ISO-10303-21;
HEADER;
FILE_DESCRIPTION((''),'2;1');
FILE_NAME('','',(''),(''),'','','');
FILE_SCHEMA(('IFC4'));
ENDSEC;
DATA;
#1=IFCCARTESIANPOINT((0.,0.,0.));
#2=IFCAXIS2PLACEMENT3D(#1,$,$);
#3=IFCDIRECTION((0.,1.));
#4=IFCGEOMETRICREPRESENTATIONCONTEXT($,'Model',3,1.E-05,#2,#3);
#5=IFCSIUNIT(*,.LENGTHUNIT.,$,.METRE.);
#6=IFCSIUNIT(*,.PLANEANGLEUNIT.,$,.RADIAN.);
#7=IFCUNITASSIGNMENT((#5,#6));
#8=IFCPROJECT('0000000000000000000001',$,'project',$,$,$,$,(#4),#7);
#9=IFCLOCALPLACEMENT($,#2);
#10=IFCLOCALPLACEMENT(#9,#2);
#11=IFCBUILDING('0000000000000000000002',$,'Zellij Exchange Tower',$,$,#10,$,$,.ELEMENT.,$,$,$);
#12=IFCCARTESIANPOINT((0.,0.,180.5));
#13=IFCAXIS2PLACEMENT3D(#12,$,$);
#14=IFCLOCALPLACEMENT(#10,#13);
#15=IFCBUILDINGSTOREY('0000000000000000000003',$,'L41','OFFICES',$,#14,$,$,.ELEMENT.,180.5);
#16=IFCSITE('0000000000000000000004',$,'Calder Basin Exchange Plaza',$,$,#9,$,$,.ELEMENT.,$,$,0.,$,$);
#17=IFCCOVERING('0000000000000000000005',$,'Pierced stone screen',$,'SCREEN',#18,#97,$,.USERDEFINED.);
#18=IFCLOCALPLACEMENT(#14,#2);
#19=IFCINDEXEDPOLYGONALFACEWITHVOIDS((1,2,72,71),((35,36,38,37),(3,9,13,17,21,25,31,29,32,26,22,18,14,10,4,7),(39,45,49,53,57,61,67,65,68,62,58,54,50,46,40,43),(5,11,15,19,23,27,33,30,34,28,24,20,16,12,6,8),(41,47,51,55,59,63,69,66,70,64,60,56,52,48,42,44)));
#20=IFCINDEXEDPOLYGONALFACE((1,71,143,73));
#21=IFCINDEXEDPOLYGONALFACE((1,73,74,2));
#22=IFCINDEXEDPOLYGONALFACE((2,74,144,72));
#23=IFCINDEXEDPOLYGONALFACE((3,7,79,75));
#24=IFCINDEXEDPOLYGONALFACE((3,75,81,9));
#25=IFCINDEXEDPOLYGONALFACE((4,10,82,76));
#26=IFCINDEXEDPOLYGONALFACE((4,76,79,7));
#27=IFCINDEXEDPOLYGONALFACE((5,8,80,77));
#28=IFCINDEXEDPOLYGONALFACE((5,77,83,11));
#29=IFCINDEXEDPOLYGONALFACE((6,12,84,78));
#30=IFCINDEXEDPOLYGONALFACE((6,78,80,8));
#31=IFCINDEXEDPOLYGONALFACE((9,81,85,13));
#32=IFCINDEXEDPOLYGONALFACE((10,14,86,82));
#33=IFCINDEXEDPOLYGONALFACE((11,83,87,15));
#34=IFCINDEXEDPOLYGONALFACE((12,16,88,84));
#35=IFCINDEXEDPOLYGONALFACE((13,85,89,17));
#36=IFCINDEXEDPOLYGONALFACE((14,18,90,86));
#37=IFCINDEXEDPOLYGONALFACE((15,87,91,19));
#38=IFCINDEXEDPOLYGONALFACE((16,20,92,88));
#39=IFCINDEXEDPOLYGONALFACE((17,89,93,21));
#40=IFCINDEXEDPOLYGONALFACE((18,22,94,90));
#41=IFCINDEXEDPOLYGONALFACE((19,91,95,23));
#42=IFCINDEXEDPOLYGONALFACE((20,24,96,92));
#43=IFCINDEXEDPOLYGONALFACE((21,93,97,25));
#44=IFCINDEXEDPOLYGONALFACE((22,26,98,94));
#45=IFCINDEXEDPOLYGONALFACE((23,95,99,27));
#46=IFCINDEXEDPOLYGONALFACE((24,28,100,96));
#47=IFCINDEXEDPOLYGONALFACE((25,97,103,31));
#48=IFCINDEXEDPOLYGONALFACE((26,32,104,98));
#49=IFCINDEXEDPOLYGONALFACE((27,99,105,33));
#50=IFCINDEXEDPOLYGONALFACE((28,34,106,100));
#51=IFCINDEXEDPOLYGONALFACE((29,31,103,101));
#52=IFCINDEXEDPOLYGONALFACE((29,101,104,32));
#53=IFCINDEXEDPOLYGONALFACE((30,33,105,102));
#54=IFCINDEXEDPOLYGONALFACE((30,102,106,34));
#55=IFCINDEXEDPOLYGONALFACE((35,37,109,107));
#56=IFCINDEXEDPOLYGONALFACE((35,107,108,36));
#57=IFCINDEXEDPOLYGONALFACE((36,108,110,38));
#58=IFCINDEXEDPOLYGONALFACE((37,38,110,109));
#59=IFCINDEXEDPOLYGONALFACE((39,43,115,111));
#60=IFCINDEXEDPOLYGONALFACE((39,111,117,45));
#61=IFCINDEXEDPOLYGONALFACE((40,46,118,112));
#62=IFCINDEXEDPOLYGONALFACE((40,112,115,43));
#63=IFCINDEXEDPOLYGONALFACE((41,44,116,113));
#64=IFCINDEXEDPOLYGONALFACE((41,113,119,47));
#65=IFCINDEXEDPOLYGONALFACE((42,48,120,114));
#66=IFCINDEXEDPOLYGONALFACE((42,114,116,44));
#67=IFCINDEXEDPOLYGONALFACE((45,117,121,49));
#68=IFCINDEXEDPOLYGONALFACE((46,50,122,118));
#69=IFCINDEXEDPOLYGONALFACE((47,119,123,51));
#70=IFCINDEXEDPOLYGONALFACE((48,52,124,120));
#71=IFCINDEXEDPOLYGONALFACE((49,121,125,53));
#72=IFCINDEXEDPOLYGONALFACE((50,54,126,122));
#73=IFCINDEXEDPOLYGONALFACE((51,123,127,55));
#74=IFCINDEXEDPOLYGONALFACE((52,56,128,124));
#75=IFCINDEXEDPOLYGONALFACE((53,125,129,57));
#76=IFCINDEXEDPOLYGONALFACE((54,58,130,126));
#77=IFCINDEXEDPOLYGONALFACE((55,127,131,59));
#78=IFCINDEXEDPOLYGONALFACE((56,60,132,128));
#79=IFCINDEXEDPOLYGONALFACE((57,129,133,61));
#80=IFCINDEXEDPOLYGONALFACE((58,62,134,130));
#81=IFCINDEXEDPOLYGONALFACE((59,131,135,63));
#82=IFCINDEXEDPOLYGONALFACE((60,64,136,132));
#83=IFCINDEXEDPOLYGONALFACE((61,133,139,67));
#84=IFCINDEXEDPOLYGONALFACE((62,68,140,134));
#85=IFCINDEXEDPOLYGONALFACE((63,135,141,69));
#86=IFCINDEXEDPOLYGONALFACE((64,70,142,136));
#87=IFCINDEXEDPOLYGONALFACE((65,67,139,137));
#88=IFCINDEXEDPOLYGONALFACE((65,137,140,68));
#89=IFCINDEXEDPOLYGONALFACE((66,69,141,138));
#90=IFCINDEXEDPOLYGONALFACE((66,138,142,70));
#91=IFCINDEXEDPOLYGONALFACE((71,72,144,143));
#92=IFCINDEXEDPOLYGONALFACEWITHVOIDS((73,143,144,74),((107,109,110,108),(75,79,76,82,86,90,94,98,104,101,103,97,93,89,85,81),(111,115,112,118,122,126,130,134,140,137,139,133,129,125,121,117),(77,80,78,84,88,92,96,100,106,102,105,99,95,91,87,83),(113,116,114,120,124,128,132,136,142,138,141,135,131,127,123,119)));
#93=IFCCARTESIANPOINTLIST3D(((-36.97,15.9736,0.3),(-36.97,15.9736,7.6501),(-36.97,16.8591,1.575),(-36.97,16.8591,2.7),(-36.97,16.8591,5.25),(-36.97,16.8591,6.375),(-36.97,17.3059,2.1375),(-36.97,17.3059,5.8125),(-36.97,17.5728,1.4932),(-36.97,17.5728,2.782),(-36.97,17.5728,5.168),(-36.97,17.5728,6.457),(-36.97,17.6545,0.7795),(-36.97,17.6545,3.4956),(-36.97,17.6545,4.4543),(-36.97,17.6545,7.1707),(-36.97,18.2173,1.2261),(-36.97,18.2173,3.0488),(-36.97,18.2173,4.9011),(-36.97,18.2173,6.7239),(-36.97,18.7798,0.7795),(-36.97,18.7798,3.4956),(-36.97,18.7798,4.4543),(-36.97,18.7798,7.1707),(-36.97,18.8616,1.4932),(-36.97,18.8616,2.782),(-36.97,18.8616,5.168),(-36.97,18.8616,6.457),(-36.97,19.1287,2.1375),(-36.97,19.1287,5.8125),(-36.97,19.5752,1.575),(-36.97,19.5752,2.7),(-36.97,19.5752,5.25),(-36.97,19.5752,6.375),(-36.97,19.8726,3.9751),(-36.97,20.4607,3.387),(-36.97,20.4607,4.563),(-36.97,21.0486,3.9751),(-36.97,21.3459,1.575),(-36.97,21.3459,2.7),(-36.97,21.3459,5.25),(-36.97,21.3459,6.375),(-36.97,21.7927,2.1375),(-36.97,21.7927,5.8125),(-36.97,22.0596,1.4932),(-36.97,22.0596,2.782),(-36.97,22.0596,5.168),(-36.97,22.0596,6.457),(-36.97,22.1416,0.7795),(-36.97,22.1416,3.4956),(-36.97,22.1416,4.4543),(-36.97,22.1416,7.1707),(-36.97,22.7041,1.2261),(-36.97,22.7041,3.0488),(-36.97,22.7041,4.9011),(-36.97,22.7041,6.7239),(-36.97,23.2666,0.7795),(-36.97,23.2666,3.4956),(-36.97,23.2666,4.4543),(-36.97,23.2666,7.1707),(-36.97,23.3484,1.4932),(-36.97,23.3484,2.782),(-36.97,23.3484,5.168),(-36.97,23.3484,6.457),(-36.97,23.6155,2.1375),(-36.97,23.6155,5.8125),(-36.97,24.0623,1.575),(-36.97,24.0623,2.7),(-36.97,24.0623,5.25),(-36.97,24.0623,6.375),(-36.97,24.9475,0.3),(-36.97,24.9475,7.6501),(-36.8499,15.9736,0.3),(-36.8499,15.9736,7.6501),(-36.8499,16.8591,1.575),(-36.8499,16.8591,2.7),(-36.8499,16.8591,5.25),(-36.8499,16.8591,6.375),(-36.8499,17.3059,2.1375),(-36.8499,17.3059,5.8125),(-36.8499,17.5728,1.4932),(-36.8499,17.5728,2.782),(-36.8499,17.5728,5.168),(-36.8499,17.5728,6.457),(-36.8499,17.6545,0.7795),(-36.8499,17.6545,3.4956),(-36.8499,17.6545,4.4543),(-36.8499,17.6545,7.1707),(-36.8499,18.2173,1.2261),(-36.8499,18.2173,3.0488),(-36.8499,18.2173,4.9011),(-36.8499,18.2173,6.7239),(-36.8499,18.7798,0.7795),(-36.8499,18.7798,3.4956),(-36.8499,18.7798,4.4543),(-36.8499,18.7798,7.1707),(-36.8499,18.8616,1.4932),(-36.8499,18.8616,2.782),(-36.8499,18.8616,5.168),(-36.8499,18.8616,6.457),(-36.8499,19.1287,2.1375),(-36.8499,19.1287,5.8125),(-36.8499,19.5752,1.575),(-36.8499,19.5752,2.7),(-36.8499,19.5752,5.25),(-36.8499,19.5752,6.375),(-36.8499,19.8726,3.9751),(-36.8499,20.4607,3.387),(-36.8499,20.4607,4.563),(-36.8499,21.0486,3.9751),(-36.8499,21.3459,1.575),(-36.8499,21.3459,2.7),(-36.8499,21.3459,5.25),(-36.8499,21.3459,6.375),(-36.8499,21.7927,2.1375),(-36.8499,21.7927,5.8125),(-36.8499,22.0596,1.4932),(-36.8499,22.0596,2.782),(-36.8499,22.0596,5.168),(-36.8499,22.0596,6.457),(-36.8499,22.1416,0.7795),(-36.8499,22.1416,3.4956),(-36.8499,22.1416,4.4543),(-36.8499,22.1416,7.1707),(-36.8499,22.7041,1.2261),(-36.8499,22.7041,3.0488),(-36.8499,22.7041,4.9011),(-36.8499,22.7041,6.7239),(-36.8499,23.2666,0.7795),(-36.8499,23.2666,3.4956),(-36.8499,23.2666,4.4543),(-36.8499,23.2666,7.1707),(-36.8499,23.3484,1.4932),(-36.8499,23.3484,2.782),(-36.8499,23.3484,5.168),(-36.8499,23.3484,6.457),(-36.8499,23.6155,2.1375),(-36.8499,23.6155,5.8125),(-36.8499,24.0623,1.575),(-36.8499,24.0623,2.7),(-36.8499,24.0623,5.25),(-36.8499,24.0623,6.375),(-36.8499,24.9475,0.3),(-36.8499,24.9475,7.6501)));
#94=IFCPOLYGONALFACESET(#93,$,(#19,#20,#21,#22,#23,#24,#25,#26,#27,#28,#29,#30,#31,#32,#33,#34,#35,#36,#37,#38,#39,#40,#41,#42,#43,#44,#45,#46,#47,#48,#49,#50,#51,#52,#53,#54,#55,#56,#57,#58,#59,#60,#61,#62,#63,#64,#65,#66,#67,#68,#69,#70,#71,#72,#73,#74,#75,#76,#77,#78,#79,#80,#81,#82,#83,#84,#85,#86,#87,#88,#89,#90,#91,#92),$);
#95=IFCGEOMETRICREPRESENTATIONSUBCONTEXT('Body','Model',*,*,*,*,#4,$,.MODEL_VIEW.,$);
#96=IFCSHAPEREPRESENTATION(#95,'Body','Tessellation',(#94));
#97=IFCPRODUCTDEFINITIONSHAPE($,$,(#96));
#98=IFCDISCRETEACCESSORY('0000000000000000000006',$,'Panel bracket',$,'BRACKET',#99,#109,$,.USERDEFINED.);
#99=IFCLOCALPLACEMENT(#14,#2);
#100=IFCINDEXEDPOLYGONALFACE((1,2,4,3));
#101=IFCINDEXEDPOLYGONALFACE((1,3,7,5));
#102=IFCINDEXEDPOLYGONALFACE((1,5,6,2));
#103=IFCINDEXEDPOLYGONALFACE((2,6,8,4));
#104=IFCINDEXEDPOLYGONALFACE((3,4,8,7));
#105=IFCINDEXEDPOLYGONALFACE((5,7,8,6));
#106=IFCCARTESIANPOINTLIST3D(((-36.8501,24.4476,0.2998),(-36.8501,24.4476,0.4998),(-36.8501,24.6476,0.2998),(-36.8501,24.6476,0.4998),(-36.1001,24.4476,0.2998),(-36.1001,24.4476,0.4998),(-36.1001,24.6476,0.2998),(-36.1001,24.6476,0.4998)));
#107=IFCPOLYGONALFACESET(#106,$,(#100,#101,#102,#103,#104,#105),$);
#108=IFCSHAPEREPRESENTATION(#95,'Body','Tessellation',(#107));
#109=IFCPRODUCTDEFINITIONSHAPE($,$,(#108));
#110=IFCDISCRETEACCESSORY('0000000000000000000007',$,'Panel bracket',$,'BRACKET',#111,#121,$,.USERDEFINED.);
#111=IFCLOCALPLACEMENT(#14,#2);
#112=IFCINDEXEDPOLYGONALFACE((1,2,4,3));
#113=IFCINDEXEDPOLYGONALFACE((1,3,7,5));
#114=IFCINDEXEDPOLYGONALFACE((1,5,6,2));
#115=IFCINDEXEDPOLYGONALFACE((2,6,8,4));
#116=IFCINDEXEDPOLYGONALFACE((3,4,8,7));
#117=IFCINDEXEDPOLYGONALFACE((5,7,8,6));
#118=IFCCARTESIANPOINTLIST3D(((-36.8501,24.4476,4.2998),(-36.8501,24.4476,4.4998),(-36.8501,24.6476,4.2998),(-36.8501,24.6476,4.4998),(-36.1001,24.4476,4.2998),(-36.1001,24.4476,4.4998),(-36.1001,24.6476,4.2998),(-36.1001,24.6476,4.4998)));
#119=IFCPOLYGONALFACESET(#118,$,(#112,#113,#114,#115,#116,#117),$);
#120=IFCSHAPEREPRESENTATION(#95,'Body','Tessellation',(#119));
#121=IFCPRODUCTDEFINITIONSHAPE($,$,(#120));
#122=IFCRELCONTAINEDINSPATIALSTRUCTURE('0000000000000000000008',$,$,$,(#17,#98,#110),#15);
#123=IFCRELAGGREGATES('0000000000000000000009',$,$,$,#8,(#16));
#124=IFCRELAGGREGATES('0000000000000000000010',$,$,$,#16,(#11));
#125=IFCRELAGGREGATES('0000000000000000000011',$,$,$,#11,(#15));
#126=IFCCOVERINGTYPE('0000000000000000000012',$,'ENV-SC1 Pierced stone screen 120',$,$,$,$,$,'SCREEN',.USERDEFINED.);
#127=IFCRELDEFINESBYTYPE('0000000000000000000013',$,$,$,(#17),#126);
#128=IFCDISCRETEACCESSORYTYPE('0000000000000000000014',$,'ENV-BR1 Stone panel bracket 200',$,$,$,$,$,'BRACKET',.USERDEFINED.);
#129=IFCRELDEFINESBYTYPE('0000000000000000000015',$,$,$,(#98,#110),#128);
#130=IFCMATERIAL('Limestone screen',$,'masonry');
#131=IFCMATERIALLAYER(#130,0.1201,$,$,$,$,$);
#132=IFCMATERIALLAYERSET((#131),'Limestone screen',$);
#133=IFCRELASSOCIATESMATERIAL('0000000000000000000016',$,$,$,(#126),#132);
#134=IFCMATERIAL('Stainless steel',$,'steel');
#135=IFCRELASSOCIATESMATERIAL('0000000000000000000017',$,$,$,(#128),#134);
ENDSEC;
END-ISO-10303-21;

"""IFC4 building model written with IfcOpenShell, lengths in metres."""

from ifc_helpers import new_model, si_unit, direction, frame, origin, origin_2d, place, context, subcontext, project, spatial, polyline, rectangle, outline, extrude, material, layer, layer_set, type_object, element, save


model = new_model("IFC4")

# Units and contexts
model_context = context("Model", 3, precision=1e-05, world=origin(), true_north=direction((0.0, 1.0)))
body_context = subcontext(model_context, "Body", "Model", "MODEL_VIEW")
ifc_project = project(units=[si_unit("LENGTHUNIT", "METRE"), si_unit("PLANEANGLEUNIT", "RADIAN")], contexts=[model_context])

# Site, building, storey
site_placement = place(None, origin())
site = spatial("IfcSite", under=ifc_project, at=site_placement, Name="Calder Basin Exchange Plaza", CompositionType="ELEMENT", RefElevation=0.0)
building_placement = place(site_placement, origin())
building = spatial("IfcBuilding", under=site, at=building_placement, Name="Zellij Exchange Tower", CompositionType="ELEMENT")
storey_placement = place(building_placement, frame((0.0, 0.0, 180.5)))
storey = spatial("IfcBuildingStorey", under=building, at=storey_placement, Name="L41", Description="OFFICES", CompositionType="ELEMENT", Elevation=180.5)

# Covering
ifc_material_1 = material(Name="Limestone screen", Category="masonry")
ifc_layer_1 = layer(ifc_material_1, 0.1201)
ifc_layer_set_1 = layer_set([ifc_layer_1], Name="Limestone screen")
covering_type = type_object("IfcCoveringType", Name="ENV-SC1 Pierced stone screen 120", ElementType="SCREEN", PredefinedType="USERDEFINED", material=ifc_layer_set_1)
covering_placement = place(storey_placement, frame((-36.9099, 24.9475, 0.3), z_axis=(0.0, 0.0, 1.0), x_axis=(0.0, -1.0, 0.0)))
element("IfcCovering", 1, at=covering_placement, inside=storey, type_object=covering_type, Name="Pierced stone screen", ObjectType="SCREEN", PredefinedType="USERDEFINED", context=body_context, shape_type="SweptSolid", body=[
    extrude(outline(polyline([(0.0, 0.0), (8.9739, 0.0), (8.9739, 7.3501), (0.0, 7.3501), (0.0, 0.0)]), holes=[polyline([(3.6016, 2.3999), (2.8879, 2.4819), (2.8059, 3.1956), (2.2434, 2.7488), (1.6809, 3.1956), (1.5991, 2.4819), (0.8853, 2.3999), (1.332, 1.8374), (0.8853, 1.2749), (1.5991, 1.1931), (1.6809, 0.4795), (2.2434, 0.926), (2.8059, 0.4795), (2.8879, 1.1931), (3.6016, 1.2749), (3.1548, 1.8374), (3.6016, 2.3999)]), polyline([(3.6016, 6.075), (2.8879, 6.157), (2.8059, 6.8706), (2.2434, 6.4238), (1.6809, 6.8706), (1.5991, 6.157), (0.8853, 6.075), (1.332, 5.5125), (0.8853, 4.95), (1.5991, 4.8679), (1.6809, 4.1543), (2.2434, 4.6011), (2.8059, 4.1543), (2.8879, 4.8679), (3.6016, 4.95), (3.1548, 5.5125), (3.6016, 6.075)]), polyline([(8.0884, 2.3999), (7.3748, 2.4819), (7.293, 3.1956), (6.7302, 2.7488), (6.1677, 3.1956), (6.0859, 2.4819), (5.3723, 2.3999), (5.8188, 1.8374), (5.3723, 1.2749), (6.0859, 1.1931), (6.1677, 0.4795), (6.7302, 0.926), (7.293, 0.4795), (7.3748, 1.1931), (8.0884, 1.2749), (7.6416, 1.8374), (8.0884, 2.3999)]), polyline([(8.0884, 6.075), (7.3748, 6.157), (7.293, 6.8706), (6.7302, 6.4238), (6.1677, 6.8706), (6.0859, 6.157), (5.3723, 6.075), (5.8188, 5.5125), (5.3723, 4.95), (6.0859, 4.8679), (6.1677, 4.1543), (6.7302, 4.6011), (7.293, 4.1543), (7.3748, 4.8679), (8.0884, 4.95), (7.6416, 5.5125), (8.0884, 6.075)]), polyline([(5.075, 3.675), (4.4868, 4.2629), (3.8989, 3.675), (4.4868, 3.0869), (5.075, 3.675)])]), frame((0.0, 0.0601, 0.0), z_axis=(0.0, -1.0, 0.0), x_axis=(1.0, 0.0, 0.0)), (0.0, 0.0, 1.0), 0.1201),
])

# Discrete accessories
ifc_material_2 = material(Name="Stainless steel", Category="steel")
discrete_accessory_type = type_object("IfcDiscreteAccessoryType", Name="ENV-BR1 Stone panel bracket 200", ElementType="BRACKET", PredefinedType="USERDEFINED", material=ifc_material_2)
for number, where, z_axis, x_axis, name in (
    (2, (-36.4751, 24.5476, 0.2998), (0.0, 0.0, 1.0), (0.0, -1.0, 0.0), "Panel bracket"),
    (3, (-36.4751, 24.5476, 4.2998), (0.0, 0.0, 1.0), (0.0, -1.0, 0.0), "Panel bracket"),
):
    element("IfcDiscreteAccessory", number, at=place(storey_placement, frame(where, z_axis=z_axis, x_axis=x_axis)), inside=storey, type_object=discrete_accessory_type, Name=name, ObjectType="BRACKET", PredefinedType="USERDEFINED", context=body_context, shape_type="SweptSolid", body=[
        extrude(rectangle(XDim=0.2, YDim=0.75, at=origin_2d()), origin(), (0.0, 0.0, 1.0), 0.2),
    ])

save(model, "model.ifc")
